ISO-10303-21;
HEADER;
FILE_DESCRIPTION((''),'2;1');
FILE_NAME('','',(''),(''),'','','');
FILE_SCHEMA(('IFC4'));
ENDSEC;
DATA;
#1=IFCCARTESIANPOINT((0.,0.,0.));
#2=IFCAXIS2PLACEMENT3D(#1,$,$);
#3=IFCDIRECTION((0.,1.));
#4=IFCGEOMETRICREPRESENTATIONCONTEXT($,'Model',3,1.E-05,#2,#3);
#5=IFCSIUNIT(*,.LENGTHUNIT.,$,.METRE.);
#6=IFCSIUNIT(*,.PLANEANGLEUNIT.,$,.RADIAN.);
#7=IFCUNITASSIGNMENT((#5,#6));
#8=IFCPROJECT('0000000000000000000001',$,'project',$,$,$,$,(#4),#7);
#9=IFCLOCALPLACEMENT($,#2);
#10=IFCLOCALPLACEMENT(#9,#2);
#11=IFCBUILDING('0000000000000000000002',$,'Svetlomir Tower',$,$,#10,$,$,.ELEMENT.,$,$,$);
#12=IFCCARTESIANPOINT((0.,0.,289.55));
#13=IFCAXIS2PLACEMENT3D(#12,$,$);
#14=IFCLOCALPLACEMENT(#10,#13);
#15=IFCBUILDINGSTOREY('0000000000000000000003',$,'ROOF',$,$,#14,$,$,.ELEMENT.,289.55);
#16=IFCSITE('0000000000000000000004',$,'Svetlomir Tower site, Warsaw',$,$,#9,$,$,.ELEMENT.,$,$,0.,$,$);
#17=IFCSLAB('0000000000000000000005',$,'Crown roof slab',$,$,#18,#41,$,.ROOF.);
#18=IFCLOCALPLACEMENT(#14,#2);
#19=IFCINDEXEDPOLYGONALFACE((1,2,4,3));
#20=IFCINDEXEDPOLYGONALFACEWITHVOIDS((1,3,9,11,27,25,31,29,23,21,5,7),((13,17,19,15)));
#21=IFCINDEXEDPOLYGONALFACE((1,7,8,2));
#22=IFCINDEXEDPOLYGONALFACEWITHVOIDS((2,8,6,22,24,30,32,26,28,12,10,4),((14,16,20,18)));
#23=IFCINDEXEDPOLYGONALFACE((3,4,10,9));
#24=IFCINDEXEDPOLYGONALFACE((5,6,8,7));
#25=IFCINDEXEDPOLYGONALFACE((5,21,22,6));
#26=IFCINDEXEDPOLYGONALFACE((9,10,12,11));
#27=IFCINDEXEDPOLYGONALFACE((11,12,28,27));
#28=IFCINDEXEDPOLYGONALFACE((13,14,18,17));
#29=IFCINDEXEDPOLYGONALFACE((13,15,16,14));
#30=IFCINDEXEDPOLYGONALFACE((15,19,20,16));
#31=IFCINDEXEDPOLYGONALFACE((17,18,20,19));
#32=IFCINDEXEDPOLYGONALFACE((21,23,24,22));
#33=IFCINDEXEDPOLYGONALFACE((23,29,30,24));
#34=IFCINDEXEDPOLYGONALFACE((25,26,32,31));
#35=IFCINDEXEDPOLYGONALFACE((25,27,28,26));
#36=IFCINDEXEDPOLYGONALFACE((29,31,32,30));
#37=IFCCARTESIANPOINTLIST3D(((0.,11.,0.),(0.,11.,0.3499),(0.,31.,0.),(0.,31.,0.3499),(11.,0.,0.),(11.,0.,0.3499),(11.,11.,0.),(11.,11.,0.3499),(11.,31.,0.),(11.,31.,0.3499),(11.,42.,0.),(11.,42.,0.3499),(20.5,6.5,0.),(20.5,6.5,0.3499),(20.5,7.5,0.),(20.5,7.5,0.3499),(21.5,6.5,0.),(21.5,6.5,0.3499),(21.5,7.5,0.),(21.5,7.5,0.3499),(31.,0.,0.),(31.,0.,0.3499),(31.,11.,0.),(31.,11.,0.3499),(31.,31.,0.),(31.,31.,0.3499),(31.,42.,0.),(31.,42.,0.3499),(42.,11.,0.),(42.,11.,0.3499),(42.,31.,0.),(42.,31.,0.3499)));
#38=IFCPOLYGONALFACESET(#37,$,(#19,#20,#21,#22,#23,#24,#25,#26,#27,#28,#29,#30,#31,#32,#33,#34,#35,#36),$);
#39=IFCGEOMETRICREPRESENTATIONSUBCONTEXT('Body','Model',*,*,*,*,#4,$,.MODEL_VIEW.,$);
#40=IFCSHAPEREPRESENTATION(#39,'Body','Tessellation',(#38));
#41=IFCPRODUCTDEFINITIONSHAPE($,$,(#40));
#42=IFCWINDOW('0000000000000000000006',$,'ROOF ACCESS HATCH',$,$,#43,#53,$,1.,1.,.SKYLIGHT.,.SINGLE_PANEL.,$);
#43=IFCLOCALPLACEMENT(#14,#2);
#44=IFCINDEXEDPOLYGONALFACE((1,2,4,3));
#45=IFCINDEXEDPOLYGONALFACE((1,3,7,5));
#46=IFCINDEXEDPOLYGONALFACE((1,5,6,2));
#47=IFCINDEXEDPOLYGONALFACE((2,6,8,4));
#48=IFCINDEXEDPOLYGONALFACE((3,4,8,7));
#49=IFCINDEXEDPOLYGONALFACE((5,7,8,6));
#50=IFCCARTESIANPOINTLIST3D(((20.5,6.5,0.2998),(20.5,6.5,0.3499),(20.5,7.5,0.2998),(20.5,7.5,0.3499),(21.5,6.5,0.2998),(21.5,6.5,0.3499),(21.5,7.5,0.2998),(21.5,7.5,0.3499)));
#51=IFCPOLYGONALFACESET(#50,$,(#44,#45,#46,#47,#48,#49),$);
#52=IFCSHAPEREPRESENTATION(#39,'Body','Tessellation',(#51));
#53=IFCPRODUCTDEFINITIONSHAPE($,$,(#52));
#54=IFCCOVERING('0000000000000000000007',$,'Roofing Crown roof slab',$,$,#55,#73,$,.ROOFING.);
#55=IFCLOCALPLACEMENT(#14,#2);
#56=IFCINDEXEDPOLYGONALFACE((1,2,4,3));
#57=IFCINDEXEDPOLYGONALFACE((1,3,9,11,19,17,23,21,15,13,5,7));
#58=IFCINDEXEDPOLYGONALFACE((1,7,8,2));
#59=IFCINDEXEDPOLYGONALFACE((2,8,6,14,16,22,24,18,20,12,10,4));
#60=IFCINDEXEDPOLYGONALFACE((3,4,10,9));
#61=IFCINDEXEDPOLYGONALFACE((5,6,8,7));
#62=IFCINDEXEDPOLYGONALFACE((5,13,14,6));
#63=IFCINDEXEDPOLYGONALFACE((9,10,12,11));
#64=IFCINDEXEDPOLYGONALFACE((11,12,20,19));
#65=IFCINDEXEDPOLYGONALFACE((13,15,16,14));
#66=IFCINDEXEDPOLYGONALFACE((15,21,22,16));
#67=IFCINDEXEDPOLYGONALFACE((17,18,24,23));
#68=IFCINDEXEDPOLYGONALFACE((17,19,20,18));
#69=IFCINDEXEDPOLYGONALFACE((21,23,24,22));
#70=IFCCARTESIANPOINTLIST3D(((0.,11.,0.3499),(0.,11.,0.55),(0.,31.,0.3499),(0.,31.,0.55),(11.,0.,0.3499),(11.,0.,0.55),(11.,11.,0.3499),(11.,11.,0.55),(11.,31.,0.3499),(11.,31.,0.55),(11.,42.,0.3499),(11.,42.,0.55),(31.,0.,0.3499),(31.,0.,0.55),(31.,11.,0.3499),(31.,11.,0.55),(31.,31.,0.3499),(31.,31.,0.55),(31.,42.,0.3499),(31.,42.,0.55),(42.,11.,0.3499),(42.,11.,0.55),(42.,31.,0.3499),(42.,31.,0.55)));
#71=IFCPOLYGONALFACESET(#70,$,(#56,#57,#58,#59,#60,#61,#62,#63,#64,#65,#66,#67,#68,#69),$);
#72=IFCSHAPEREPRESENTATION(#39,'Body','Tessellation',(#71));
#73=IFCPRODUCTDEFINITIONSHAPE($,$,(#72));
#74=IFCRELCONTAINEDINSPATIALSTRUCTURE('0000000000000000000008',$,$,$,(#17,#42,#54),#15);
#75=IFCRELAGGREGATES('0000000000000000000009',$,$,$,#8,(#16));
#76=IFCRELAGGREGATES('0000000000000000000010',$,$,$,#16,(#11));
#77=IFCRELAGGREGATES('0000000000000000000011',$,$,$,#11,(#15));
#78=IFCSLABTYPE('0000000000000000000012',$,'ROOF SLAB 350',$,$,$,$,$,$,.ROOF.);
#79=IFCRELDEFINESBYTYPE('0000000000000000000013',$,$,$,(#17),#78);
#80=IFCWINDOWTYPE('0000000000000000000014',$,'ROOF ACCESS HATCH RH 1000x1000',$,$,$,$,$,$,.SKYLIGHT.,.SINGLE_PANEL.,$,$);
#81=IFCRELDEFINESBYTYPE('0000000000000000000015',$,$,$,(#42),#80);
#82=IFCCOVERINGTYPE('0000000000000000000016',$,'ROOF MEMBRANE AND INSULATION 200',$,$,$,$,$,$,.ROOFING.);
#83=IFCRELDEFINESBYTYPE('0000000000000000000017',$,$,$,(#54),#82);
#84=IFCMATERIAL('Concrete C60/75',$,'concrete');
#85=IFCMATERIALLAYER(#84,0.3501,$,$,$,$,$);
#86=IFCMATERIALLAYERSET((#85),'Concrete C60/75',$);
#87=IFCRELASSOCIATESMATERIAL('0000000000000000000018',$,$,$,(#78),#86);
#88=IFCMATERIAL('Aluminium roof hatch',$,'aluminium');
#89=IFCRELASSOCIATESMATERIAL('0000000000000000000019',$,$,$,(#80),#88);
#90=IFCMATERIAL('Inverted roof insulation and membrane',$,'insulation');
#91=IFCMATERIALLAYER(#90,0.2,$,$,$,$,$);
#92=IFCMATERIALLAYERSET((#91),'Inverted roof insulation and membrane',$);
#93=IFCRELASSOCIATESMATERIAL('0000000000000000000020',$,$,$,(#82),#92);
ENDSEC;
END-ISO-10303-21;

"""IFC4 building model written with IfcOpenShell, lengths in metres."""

from ifc_helpers import new_model, si_unit, direction, frame, origin, origin_2d, place, context, subcontext, project, spatial, polyline, rectangle, outline, extrude, material, layer, layer_set, type_object, element, fill, save


model = new_model("IFC4")

# Units and contexts
model_context = context("Model", 3, precision=1e-05, world=origin(), true_north=direction((0.0, 1.0)))
body_context = subcontext(model_context, "Body", "Model", "MODEL_VIEW")
ifc_project = project(units=[si_unit("LENGTHUNIT", "METRE"), si_unit("PLANEANGLEUNIT", "RADIAN")], contexts=[model_context])

# Site, building, storey
site_placement = place(None, origin())
site = spatial("IfcSite", under=ifc_project, at=site_placement, Name="Svetlomir Tower site, Warsaw", CompositionType="ELEMENT", RefElevation=0.0)
building_placement = place(site_placement, origin())
building = spatial("IfcBuilding", under=site, at=building_placement, Name="Svetlomir Tower", CompositionType="ELEMENT")
storey_placement = place(building_placement, frame((0.0, 0.0, 289.55)))
storey = spatial("IfcBuildingStorey", under=building, at=storey_placement, Name="ROOF", CompositionType="ELEMENT", Elevation=289.55)

# Slab, opening, window
ifc_material_1 = material(Name="Concrete C60/75", Category="concrete")
ifc_layer_1 = layer(ifc_material_1, 0.3501)
ifc_layer_set_1 = layer_set([ifc_layer_1], Name="Concrete C60/75")
slab_type = type_object("IfcSlabType", Name="ROOF SLAB 350", PredefinedType="ROOF", material=ifc_layer_set_1)
slab_placement = place(storey_placement, origin())
slab = element("IfcSlab", 1, at=slab_placement, inside=storey, type_object=slab_type, Name="Crown roof slab", PredefinedType="ROOF", context=body_context, shape_type="SweptSolid", body=[
    extrude(outline(polyline([(11.0, 0.0), (31.0, 0.0), (31.0, 11.0), (42.0, 11.0), (42.0, 31.0), (31.0, 31.0), (31.0, 42.0), (11.0, 42.0), (11.0, 31.0), (0.0, 31.0), (0.0, 11.0), (11.0, 11.0), (11.0, 0.0)])), origin(), (0.0, 0.0, 1.0), 0.3499),
])
opening_placement = place(slab_placement, frame((21.0, 7.0, 0.0)))
opening = element("IfcOpeningElement", 2, at=opening_placement, cuts=slab, PredefinedType="OPENING", context=body_context, shape_type="SweptSolid", body=[
    extrude(rectangle(XDim=1.0, YDim=1.0, at=origin_2d()), origin(), (0.0, 0.0, 1.0), 0.3499),
])
ifc_material_2 = material(Name="Aluminium roof hatch", Category="aluminium")
window_type = type_object("IfcWindowType", Name="ROOF ACCESS HATCH RH 1000x1000", PartitioningType="SINGLE_PANEL", PredefinedType="SKYLIGHT", material=ifc_material_2)
window_placement = place(opening_placement, frame((0.0, 0.0, 0.2998)))
window = element("IfcWindow", 3, at=window_placement, inside=storey, type_object=window_type, Name="ROOF ACCESS HATCH", OverallHeight=1.0, OverallWidth=1.0, PartitioningType="SINGLE_PANEL", PredefinedType="SKYLIGHT", context=body_context, shape_type="SweptSolid", body=[
    extrude(rectangle(XDim=1.0, YDim=1.0, at=origin_2d()), origin(), (0.0, 0.0, 1.0), 0.05),
])
fill(opening, window)

# Covering
ifc_material_3 = material(Name="Inverted roof insulation and membrane", Category="insulation")
ifc_layer_2 = layer(ifc_material_3, 0.2)
ifc_layer_set_2 = layer_set([ifc_layer_2], Name="Inverted roof insulation and membrane")
covering_type = type_object("IfcCoveringType", Name="ROOF MEMBRANE AND INSULATION 200", PredefinedType="ROOFING", material=ifc_layer_set_2)
covering_placement = place(storey_placement, frame((0.0, 0.0, 0.3499)))
element("IfcCovering", 4, at=covering_placement, inside=storey, type_object=covering_type, Name="Roofing Crown roof slab", PredefinedType="ROOFING", context=body_context, shape_type="SweptSolid", body=[
    extrude(outline(polyline([(11.0, 0.0), (31.0, 0.0), (31.0, 11.0), (42.0, 11.0), (42.0, 31.0), (31.0, 31.0), (31.0, 42.0), (11.0, 42.0), (11.0, 31.0), (0.0, 31.0), (0.0, 11.0), (11.0, 11.0), (11.0, 0.0)])), origin(), (0.0, 0.0, 1.0), 0.2002),
])

save(model, "model.ifc")
